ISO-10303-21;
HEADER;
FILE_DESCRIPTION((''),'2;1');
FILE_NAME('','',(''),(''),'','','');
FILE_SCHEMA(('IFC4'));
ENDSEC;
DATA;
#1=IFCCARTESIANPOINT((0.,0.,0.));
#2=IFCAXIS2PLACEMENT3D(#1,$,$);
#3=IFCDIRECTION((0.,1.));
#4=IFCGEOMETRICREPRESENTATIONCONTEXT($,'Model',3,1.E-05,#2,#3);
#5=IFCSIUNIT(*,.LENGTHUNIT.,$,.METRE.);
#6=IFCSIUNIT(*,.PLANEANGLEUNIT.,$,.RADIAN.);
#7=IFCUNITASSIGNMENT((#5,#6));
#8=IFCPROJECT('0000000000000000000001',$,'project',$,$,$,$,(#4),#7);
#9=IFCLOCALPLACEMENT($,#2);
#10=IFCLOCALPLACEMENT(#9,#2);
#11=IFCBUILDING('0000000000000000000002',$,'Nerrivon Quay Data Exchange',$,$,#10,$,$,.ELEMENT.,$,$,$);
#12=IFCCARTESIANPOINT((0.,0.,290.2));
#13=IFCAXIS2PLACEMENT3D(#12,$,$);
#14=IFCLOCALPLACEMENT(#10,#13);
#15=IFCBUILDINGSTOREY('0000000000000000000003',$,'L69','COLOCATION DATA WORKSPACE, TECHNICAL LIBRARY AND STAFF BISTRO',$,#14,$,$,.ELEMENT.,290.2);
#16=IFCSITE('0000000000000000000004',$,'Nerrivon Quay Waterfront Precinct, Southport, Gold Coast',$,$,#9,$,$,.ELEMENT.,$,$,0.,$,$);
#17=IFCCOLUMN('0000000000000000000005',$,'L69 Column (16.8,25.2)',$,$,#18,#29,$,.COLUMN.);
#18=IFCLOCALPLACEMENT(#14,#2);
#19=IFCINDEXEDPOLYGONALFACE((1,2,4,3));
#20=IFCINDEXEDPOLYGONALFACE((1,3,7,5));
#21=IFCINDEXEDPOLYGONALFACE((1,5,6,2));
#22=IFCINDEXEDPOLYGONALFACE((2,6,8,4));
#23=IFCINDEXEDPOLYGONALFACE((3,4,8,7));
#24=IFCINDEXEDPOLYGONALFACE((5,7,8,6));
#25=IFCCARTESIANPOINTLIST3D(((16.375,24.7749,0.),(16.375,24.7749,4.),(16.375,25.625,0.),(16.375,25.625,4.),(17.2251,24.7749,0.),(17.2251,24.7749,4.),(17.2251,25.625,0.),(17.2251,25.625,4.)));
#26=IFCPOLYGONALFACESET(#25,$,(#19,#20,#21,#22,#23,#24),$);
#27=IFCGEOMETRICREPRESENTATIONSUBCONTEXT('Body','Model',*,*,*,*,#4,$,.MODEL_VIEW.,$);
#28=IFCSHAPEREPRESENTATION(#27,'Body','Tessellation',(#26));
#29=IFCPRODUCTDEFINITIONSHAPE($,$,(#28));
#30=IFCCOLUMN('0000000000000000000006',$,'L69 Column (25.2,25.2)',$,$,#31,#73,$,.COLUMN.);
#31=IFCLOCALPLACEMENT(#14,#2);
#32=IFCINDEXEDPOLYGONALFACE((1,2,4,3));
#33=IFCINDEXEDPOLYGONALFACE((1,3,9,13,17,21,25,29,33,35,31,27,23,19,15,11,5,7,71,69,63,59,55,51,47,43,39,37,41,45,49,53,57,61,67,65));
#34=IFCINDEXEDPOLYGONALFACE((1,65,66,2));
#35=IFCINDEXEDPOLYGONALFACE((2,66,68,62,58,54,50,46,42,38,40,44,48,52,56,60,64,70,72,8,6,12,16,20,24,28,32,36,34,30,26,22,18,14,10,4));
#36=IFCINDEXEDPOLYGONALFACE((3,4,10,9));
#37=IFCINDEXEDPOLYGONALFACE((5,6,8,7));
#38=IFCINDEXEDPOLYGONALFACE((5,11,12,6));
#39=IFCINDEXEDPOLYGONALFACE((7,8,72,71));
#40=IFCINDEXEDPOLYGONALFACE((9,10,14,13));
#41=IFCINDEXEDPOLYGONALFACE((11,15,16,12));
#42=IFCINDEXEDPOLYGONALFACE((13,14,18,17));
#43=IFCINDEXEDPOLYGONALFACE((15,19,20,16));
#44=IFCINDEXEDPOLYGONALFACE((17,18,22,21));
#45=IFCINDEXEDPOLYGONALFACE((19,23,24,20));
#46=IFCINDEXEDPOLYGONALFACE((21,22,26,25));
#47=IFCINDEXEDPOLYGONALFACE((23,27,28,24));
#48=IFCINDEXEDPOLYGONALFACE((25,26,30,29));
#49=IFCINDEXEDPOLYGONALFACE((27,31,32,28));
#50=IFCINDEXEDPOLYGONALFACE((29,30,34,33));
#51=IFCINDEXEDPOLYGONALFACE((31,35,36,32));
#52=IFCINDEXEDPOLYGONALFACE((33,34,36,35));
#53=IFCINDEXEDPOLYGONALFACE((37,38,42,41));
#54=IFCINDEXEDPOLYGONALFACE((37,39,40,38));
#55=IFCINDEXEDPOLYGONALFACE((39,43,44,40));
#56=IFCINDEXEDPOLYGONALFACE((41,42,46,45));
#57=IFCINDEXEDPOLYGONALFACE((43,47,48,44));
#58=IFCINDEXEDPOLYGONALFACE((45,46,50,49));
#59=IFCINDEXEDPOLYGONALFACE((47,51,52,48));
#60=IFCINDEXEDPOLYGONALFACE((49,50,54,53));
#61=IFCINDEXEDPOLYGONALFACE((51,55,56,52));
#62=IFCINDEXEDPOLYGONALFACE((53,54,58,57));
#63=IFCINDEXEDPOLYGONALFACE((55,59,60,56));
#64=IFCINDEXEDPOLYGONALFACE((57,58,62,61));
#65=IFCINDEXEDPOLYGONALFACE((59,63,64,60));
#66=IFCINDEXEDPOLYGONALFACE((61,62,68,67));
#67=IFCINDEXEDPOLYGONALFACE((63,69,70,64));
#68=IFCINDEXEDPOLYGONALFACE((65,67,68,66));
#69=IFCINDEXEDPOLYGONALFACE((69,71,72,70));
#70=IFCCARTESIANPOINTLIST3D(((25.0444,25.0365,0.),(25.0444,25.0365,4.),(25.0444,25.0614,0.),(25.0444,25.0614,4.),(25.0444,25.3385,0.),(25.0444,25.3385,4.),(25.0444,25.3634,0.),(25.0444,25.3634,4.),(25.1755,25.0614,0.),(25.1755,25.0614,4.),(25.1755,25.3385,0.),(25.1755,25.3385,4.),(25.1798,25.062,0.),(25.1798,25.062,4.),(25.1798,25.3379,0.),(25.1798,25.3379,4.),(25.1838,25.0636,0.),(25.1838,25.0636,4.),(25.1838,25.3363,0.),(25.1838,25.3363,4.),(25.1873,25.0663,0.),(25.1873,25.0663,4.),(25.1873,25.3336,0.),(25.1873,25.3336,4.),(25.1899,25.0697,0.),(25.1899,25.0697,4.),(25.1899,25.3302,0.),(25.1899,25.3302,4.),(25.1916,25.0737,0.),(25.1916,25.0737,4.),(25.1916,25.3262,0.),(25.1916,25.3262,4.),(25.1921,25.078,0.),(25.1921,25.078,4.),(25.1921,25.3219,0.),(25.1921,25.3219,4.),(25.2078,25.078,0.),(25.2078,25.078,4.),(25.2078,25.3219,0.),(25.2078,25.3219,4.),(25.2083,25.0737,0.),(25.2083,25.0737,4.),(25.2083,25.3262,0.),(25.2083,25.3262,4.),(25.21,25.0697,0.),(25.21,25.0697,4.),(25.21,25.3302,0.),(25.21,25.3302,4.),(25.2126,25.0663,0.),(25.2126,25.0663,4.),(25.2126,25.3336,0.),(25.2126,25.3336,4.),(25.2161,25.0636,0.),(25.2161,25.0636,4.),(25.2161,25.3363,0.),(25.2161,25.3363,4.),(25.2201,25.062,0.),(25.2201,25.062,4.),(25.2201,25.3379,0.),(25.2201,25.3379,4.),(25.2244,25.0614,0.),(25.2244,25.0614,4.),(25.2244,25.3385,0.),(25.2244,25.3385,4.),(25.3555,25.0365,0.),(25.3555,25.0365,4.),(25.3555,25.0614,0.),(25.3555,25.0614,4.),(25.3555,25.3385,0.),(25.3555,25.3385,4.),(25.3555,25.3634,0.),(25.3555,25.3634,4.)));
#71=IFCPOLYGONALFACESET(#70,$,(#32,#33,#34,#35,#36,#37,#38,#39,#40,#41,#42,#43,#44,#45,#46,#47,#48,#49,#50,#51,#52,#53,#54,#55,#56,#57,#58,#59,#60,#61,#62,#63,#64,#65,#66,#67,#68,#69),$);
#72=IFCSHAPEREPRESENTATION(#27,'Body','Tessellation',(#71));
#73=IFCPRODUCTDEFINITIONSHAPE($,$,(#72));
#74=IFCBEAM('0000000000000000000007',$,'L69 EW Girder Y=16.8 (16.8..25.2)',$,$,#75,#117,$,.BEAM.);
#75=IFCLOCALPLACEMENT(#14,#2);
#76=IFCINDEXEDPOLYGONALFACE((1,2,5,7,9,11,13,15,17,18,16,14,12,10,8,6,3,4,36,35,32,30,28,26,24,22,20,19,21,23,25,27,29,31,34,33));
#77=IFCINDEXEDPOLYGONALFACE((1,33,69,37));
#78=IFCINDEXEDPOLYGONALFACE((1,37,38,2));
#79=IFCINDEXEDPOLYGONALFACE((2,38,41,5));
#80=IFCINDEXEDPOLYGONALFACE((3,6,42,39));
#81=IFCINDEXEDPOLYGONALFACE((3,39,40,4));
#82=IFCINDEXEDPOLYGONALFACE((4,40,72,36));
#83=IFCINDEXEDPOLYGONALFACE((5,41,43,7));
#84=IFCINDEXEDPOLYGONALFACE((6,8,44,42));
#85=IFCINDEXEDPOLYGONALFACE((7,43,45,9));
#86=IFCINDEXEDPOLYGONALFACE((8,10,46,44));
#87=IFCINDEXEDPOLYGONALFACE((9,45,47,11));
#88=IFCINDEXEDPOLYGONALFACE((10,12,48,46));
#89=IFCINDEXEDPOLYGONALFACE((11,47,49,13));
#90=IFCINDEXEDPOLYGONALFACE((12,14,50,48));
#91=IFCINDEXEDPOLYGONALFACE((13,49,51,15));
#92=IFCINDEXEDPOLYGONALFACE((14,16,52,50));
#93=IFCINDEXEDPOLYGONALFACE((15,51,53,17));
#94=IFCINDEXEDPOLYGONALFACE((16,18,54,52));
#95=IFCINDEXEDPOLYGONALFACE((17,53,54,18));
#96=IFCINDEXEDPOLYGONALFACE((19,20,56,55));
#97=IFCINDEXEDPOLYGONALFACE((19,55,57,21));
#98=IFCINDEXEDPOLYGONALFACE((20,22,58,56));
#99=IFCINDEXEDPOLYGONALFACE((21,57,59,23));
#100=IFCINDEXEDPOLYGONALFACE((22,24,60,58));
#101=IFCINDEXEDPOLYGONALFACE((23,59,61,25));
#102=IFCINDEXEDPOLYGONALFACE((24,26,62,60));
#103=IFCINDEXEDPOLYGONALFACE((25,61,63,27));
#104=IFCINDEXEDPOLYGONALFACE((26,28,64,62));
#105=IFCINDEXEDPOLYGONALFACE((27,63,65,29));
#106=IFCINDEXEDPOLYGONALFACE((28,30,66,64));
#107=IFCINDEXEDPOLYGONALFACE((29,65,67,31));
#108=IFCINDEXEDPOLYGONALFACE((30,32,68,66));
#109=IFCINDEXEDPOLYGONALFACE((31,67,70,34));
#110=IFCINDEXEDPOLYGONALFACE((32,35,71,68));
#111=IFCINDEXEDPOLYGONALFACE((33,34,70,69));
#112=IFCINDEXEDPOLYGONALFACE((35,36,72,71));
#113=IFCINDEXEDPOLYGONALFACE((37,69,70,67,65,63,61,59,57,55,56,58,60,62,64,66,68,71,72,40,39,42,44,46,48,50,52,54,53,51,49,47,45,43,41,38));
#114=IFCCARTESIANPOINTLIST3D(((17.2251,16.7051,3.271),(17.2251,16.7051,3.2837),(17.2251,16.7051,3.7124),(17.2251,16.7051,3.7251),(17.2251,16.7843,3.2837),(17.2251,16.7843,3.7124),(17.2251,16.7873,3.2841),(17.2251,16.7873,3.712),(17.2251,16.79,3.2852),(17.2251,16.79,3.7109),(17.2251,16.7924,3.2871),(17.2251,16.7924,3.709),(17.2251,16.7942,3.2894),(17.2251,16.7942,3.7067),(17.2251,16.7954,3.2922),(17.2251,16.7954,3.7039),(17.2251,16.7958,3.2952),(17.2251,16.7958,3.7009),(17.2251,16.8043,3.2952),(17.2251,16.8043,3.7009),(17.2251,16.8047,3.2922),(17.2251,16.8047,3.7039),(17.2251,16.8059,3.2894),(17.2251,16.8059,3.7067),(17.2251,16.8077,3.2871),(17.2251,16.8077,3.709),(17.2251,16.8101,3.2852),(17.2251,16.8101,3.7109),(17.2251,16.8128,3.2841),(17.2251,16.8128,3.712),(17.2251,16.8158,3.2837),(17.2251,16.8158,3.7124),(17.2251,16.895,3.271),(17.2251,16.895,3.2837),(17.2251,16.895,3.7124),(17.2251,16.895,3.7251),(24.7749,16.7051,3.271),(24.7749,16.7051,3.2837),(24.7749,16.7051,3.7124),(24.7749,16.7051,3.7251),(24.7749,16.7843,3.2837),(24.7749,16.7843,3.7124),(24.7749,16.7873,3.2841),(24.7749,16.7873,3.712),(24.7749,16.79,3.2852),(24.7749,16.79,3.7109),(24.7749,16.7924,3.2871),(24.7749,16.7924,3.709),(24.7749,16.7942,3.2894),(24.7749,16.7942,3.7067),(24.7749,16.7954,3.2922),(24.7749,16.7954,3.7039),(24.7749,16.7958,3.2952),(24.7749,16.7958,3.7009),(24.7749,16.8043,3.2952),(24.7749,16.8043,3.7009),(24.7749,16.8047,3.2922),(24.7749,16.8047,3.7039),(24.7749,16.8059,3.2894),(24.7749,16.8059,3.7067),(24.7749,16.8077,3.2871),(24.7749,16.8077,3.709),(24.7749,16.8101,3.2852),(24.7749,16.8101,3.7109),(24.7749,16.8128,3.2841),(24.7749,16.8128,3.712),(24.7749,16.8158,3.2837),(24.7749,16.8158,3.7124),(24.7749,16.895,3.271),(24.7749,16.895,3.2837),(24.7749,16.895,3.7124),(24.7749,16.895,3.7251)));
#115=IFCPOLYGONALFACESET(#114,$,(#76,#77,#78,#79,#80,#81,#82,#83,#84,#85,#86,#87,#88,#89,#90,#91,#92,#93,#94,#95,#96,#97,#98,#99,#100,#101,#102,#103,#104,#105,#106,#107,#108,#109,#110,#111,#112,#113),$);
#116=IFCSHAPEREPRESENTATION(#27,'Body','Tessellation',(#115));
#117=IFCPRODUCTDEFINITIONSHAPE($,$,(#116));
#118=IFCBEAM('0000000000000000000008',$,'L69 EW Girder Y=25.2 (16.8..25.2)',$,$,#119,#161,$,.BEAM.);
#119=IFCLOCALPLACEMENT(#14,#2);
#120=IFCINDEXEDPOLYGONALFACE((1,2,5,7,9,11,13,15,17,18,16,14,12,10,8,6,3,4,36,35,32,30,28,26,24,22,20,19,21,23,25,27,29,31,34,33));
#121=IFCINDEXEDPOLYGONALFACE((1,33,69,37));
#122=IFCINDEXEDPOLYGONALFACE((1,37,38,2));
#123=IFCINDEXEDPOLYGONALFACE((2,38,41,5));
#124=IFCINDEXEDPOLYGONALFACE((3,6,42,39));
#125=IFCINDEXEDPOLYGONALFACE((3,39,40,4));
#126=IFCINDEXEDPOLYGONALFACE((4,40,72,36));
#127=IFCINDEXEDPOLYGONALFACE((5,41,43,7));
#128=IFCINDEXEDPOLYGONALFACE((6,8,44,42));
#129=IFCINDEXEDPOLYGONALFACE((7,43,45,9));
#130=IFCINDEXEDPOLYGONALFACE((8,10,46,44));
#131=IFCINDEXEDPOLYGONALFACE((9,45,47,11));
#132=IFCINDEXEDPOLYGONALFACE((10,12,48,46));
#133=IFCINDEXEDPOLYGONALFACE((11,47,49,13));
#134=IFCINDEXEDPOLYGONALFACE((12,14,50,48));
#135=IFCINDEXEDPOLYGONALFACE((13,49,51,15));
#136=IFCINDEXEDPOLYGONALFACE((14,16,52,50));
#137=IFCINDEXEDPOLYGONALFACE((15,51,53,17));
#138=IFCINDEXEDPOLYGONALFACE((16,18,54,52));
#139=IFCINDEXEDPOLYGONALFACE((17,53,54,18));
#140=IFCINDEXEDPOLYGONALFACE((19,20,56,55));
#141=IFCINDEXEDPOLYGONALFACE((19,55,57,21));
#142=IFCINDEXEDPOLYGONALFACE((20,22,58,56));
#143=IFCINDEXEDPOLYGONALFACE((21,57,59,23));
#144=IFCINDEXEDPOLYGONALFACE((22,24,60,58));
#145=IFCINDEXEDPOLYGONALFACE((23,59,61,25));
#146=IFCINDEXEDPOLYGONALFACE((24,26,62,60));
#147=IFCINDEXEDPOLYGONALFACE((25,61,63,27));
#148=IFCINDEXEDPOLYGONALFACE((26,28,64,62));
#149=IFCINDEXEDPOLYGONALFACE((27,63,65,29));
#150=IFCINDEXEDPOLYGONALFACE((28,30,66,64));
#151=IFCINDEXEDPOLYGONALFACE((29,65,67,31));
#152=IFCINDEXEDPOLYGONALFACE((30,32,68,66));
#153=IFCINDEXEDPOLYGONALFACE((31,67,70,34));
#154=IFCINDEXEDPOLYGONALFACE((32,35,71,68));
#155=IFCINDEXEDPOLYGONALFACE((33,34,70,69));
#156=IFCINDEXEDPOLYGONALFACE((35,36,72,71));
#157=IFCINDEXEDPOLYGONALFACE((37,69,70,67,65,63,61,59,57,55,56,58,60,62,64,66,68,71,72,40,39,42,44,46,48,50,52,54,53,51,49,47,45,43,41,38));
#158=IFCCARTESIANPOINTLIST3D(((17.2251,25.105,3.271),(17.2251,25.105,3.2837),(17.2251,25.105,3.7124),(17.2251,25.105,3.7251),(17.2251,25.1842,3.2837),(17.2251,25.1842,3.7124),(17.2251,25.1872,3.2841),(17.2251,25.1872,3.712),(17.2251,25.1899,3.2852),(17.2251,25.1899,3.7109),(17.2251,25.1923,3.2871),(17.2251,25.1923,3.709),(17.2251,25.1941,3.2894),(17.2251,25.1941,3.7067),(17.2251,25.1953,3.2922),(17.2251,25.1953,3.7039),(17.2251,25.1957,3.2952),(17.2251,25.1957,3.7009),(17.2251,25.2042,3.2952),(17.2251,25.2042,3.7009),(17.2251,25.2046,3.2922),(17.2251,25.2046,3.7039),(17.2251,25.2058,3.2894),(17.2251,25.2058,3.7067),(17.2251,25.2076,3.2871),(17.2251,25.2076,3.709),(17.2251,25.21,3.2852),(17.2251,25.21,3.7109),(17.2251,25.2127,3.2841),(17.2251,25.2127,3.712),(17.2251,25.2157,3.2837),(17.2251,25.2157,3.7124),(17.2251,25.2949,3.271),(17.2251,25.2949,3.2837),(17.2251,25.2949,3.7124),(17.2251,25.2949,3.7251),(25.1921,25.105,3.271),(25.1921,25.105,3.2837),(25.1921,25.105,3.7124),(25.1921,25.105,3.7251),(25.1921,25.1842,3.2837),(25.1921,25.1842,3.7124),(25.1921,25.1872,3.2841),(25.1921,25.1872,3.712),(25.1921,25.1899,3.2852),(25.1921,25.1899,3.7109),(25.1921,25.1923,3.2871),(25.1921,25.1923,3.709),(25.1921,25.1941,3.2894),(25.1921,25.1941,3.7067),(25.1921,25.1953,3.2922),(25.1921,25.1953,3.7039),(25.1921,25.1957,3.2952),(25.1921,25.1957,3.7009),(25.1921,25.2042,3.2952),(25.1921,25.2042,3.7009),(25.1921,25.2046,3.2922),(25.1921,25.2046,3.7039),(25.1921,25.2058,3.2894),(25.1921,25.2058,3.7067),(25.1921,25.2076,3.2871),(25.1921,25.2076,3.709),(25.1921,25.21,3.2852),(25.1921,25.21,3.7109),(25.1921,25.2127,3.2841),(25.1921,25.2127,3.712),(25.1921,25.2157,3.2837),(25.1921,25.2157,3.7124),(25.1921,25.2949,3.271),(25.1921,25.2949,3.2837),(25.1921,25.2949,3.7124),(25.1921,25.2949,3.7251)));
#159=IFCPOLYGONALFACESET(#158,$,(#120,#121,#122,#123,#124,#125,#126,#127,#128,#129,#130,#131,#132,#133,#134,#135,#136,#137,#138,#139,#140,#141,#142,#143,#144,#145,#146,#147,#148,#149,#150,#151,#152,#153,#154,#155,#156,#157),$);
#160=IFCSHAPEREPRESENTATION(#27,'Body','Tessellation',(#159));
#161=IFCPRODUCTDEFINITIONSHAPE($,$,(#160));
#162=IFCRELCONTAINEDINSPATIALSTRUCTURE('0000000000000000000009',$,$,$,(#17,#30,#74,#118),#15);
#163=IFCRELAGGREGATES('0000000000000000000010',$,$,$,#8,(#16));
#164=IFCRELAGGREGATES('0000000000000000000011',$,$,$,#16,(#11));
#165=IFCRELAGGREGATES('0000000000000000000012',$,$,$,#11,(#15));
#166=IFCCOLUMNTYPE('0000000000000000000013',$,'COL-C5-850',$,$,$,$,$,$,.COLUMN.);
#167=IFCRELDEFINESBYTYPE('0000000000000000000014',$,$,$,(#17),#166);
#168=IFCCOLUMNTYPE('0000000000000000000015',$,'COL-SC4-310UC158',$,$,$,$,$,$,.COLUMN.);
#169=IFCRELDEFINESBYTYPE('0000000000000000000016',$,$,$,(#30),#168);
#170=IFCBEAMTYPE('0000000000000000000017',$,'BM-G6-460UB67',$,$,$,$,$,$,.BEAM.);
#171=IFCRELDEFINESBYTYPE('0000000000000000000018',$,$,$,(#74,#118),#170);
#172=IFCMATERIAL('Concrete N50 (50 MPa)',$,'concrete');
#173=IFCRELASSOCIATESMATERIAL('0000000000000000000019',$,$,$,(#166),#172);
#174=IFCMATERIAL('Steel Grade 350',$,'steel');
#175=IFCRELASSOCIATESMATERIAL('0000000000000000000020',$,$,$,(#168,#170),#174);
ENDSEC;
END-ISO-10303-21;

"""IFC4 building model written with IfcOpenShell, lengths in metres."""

from ifc_helpers import new_model, si_unit, direction, frame, origin, origin_2d, place, context, subcontext, project, spatial, rectangle, i_section, extrude, material, material_profile, profile_set, type_object, element, save


model = new_model("IFC4")

# Units and contexts
model_context = context("Model", 3, precision=1e-05, world=origin(), true_north=direction((0.0, 1.0)))
body_context = subcontext(model_context, "Body", "Model", "MODEL_VIEW")
ifc_project = project(units=[si_unit("LENGTHUNIT", "METRE"), si_unit("PLANEANGLEUNIT", "RADIAN")], contexts=[model_context])

# Site, building, storey
site_placement = place(None, origin())
site = spatial("IfcSite", under=ifc_project, at=site_placement, Name="Nerrivon Quay Waterfront Precinct, Southport, Gold Coast", CompositionType="ELEMENT", RefElevation=0.0)
building_placement = place(site_placement, origin())
building = spatial("IfcBuilding", under=site, at=building_placement, Name="Nerrivon Quay Data Exchange", CompositionType="ELEMENT")
storey_placement = place(building_placement, frame((0.0, 0.0, 290.2)))
storey = spatial("IfcBuildingStorey", under=building, at=storey_placement, Name="L69", Description="COLOCATION DATA WORKSPACE, TECHNICAL LIBRARY AND STAFF BISTRO", CompositionType="ELEMENT", Elevation=290.2)

# Columns
ifc_material_1 = material(Name="Concrete N50 (50 MPa)", Category="concrete")
ifc_material_profile_1 = material_profile(ifc_material_1, rectangle(XDim=0.8501, YDim=0.8501, at=origin_2d()), Name="RC-COL-850x850")
ifc_profile_set_1 = profile_set([ifc_material_profile_1], Name="Concrete N50 (50 MPa)")
column_type_1 = type_object("IfcColumnType", Name="COL-C5-850", PredefinedType="COLUMN", material=ifc_profile_set_1)
column_1_placement = place(storey_placement, frame((16.8, 25.2, 0.0), z_axis=(0.0, 0.0, 1.0), x_axis=(1.0, 0.0, 0.0)))
element("IfcColumn", 1, at=column_1_placement, inside=storey, type_object=column_type_1, Name="L69 Column (16.8,25.2)", PredefinedType="COLUMN", context=body_context, shape_type="SweptSolid", body=[
    extrude(rectangle(XDim=0.8501, YDim=0.8501, at=origin_2d()), origin(), (0.0, 0.0, 1.0), 4.0),
])
ifc_material_2 = material(Name="Steel Grade 350", Category="steel")
ifc_material_profile_2 = material_profile(ifc_material_2, i_section(OverallWidth=0.311, OverallDepth=0.3269, WebThickness=0.0156, FlangeThickness=0.0249, FilletRadius=0.0166, at=origin_2d()), Name="310UC158")
ifc_profile_set_2 = profile_set([ifc_material_profile_2], Name="Steel Grade 350")
column_type_2 = type_object("IfcColumnType", Name="COL-SC4-310UC158", PredefinedType="COLUMN", material=ifc_profile_set_2)
column_2_placement = place(storey_placement, frame((25.2, 25.2, 0.0), z_axis=(0.0, 0.0, 1.0), x_axis=(1.0, 0.0, 0.0)))
element("IfcColumn", 2, at=column_2_placement, inside=storey, type_object=column_type_2, Name="L69 Column (25.2,25.2)", PredefinedType="COLUMN", context=body_context, shape_type="SweptSolid", body=[
    extrude(i_section(OverallWidth=0.311, OverallDepth=0.3269, WebThickness=0.0156, FlangeThickness=0.0249, FilletRadius=0.0166, at=origin_2d()), origin(), (0.0, 0.0, 1.0), 4.0),
])

# Beams
ifc_material_profile_3 = material_profile(ifc_material_2, i_section(OverallWidth=0.1899, OverallDepth=0.4541, WebThickness=0.0085, FlangeThickness=0.0127, FilletRadius=0.0115, at=origin_2d()), Name="460UB67.1")
ifc_profile_set_3 = profile_set([ifc_material_profile_3], Name="Steel Grade 350")
beam_type_1 = type_object("IfcBeamType", Name="BM-G6-460UB67", PredefinedType="BEAM", material=ifc_profile_set_3)
beam_1_placement = place(storey_placement, frame((17.2251, 16.8, 3.498), z_axis=(1.0, 0.0, 0.0), x_axis=(0.0, 1.0, 0.0)))
element("IfcBeam", 3, at=beam_1_placement, inside=storey, type_object=beam_type_1, Name="L69 EW Girder Y=16.8 (16.8..25.2)", PredefinedType="BEAM", context=body_context, shape_type="SweptSolid", body=[
    extrude(i_section(OverallWidth=0.1899, OverallDepth=0.4541, WebThickness=0.0085, FlangeThickness=0.0127, FilletRadius=0.0115, at=origin_2d()), origin(), (0.0, 0.0, 1.0), 7.5498),
])
beam_2_placement = place(storey_placement, frame((17.2251, 25.2, 3.498), z_axis=(1.0, 0.0, 0.0), x_axis=(0.0, 1.0, 0.0)))
element("IfcBeam", 4, at=beam_2_placement, inside=storey, type_object=beam_type_1, Name="L69 EW Girder Y=25.2 (16.8..25.2)", PredefinedType="BEAM", context=body_context, shape_type="SweptSolid", body=[
    extrude(i_section(OverallWidth=0.1899, OverallDepth=0.4541, WebThickness=0.0085, FlangeThickness=0.0127, FilletRadius=0.0115, at=origin_2d()), origin(), (0.0, 0.0, 1.0), 7.967),
])

save(model, "model.ifc")
